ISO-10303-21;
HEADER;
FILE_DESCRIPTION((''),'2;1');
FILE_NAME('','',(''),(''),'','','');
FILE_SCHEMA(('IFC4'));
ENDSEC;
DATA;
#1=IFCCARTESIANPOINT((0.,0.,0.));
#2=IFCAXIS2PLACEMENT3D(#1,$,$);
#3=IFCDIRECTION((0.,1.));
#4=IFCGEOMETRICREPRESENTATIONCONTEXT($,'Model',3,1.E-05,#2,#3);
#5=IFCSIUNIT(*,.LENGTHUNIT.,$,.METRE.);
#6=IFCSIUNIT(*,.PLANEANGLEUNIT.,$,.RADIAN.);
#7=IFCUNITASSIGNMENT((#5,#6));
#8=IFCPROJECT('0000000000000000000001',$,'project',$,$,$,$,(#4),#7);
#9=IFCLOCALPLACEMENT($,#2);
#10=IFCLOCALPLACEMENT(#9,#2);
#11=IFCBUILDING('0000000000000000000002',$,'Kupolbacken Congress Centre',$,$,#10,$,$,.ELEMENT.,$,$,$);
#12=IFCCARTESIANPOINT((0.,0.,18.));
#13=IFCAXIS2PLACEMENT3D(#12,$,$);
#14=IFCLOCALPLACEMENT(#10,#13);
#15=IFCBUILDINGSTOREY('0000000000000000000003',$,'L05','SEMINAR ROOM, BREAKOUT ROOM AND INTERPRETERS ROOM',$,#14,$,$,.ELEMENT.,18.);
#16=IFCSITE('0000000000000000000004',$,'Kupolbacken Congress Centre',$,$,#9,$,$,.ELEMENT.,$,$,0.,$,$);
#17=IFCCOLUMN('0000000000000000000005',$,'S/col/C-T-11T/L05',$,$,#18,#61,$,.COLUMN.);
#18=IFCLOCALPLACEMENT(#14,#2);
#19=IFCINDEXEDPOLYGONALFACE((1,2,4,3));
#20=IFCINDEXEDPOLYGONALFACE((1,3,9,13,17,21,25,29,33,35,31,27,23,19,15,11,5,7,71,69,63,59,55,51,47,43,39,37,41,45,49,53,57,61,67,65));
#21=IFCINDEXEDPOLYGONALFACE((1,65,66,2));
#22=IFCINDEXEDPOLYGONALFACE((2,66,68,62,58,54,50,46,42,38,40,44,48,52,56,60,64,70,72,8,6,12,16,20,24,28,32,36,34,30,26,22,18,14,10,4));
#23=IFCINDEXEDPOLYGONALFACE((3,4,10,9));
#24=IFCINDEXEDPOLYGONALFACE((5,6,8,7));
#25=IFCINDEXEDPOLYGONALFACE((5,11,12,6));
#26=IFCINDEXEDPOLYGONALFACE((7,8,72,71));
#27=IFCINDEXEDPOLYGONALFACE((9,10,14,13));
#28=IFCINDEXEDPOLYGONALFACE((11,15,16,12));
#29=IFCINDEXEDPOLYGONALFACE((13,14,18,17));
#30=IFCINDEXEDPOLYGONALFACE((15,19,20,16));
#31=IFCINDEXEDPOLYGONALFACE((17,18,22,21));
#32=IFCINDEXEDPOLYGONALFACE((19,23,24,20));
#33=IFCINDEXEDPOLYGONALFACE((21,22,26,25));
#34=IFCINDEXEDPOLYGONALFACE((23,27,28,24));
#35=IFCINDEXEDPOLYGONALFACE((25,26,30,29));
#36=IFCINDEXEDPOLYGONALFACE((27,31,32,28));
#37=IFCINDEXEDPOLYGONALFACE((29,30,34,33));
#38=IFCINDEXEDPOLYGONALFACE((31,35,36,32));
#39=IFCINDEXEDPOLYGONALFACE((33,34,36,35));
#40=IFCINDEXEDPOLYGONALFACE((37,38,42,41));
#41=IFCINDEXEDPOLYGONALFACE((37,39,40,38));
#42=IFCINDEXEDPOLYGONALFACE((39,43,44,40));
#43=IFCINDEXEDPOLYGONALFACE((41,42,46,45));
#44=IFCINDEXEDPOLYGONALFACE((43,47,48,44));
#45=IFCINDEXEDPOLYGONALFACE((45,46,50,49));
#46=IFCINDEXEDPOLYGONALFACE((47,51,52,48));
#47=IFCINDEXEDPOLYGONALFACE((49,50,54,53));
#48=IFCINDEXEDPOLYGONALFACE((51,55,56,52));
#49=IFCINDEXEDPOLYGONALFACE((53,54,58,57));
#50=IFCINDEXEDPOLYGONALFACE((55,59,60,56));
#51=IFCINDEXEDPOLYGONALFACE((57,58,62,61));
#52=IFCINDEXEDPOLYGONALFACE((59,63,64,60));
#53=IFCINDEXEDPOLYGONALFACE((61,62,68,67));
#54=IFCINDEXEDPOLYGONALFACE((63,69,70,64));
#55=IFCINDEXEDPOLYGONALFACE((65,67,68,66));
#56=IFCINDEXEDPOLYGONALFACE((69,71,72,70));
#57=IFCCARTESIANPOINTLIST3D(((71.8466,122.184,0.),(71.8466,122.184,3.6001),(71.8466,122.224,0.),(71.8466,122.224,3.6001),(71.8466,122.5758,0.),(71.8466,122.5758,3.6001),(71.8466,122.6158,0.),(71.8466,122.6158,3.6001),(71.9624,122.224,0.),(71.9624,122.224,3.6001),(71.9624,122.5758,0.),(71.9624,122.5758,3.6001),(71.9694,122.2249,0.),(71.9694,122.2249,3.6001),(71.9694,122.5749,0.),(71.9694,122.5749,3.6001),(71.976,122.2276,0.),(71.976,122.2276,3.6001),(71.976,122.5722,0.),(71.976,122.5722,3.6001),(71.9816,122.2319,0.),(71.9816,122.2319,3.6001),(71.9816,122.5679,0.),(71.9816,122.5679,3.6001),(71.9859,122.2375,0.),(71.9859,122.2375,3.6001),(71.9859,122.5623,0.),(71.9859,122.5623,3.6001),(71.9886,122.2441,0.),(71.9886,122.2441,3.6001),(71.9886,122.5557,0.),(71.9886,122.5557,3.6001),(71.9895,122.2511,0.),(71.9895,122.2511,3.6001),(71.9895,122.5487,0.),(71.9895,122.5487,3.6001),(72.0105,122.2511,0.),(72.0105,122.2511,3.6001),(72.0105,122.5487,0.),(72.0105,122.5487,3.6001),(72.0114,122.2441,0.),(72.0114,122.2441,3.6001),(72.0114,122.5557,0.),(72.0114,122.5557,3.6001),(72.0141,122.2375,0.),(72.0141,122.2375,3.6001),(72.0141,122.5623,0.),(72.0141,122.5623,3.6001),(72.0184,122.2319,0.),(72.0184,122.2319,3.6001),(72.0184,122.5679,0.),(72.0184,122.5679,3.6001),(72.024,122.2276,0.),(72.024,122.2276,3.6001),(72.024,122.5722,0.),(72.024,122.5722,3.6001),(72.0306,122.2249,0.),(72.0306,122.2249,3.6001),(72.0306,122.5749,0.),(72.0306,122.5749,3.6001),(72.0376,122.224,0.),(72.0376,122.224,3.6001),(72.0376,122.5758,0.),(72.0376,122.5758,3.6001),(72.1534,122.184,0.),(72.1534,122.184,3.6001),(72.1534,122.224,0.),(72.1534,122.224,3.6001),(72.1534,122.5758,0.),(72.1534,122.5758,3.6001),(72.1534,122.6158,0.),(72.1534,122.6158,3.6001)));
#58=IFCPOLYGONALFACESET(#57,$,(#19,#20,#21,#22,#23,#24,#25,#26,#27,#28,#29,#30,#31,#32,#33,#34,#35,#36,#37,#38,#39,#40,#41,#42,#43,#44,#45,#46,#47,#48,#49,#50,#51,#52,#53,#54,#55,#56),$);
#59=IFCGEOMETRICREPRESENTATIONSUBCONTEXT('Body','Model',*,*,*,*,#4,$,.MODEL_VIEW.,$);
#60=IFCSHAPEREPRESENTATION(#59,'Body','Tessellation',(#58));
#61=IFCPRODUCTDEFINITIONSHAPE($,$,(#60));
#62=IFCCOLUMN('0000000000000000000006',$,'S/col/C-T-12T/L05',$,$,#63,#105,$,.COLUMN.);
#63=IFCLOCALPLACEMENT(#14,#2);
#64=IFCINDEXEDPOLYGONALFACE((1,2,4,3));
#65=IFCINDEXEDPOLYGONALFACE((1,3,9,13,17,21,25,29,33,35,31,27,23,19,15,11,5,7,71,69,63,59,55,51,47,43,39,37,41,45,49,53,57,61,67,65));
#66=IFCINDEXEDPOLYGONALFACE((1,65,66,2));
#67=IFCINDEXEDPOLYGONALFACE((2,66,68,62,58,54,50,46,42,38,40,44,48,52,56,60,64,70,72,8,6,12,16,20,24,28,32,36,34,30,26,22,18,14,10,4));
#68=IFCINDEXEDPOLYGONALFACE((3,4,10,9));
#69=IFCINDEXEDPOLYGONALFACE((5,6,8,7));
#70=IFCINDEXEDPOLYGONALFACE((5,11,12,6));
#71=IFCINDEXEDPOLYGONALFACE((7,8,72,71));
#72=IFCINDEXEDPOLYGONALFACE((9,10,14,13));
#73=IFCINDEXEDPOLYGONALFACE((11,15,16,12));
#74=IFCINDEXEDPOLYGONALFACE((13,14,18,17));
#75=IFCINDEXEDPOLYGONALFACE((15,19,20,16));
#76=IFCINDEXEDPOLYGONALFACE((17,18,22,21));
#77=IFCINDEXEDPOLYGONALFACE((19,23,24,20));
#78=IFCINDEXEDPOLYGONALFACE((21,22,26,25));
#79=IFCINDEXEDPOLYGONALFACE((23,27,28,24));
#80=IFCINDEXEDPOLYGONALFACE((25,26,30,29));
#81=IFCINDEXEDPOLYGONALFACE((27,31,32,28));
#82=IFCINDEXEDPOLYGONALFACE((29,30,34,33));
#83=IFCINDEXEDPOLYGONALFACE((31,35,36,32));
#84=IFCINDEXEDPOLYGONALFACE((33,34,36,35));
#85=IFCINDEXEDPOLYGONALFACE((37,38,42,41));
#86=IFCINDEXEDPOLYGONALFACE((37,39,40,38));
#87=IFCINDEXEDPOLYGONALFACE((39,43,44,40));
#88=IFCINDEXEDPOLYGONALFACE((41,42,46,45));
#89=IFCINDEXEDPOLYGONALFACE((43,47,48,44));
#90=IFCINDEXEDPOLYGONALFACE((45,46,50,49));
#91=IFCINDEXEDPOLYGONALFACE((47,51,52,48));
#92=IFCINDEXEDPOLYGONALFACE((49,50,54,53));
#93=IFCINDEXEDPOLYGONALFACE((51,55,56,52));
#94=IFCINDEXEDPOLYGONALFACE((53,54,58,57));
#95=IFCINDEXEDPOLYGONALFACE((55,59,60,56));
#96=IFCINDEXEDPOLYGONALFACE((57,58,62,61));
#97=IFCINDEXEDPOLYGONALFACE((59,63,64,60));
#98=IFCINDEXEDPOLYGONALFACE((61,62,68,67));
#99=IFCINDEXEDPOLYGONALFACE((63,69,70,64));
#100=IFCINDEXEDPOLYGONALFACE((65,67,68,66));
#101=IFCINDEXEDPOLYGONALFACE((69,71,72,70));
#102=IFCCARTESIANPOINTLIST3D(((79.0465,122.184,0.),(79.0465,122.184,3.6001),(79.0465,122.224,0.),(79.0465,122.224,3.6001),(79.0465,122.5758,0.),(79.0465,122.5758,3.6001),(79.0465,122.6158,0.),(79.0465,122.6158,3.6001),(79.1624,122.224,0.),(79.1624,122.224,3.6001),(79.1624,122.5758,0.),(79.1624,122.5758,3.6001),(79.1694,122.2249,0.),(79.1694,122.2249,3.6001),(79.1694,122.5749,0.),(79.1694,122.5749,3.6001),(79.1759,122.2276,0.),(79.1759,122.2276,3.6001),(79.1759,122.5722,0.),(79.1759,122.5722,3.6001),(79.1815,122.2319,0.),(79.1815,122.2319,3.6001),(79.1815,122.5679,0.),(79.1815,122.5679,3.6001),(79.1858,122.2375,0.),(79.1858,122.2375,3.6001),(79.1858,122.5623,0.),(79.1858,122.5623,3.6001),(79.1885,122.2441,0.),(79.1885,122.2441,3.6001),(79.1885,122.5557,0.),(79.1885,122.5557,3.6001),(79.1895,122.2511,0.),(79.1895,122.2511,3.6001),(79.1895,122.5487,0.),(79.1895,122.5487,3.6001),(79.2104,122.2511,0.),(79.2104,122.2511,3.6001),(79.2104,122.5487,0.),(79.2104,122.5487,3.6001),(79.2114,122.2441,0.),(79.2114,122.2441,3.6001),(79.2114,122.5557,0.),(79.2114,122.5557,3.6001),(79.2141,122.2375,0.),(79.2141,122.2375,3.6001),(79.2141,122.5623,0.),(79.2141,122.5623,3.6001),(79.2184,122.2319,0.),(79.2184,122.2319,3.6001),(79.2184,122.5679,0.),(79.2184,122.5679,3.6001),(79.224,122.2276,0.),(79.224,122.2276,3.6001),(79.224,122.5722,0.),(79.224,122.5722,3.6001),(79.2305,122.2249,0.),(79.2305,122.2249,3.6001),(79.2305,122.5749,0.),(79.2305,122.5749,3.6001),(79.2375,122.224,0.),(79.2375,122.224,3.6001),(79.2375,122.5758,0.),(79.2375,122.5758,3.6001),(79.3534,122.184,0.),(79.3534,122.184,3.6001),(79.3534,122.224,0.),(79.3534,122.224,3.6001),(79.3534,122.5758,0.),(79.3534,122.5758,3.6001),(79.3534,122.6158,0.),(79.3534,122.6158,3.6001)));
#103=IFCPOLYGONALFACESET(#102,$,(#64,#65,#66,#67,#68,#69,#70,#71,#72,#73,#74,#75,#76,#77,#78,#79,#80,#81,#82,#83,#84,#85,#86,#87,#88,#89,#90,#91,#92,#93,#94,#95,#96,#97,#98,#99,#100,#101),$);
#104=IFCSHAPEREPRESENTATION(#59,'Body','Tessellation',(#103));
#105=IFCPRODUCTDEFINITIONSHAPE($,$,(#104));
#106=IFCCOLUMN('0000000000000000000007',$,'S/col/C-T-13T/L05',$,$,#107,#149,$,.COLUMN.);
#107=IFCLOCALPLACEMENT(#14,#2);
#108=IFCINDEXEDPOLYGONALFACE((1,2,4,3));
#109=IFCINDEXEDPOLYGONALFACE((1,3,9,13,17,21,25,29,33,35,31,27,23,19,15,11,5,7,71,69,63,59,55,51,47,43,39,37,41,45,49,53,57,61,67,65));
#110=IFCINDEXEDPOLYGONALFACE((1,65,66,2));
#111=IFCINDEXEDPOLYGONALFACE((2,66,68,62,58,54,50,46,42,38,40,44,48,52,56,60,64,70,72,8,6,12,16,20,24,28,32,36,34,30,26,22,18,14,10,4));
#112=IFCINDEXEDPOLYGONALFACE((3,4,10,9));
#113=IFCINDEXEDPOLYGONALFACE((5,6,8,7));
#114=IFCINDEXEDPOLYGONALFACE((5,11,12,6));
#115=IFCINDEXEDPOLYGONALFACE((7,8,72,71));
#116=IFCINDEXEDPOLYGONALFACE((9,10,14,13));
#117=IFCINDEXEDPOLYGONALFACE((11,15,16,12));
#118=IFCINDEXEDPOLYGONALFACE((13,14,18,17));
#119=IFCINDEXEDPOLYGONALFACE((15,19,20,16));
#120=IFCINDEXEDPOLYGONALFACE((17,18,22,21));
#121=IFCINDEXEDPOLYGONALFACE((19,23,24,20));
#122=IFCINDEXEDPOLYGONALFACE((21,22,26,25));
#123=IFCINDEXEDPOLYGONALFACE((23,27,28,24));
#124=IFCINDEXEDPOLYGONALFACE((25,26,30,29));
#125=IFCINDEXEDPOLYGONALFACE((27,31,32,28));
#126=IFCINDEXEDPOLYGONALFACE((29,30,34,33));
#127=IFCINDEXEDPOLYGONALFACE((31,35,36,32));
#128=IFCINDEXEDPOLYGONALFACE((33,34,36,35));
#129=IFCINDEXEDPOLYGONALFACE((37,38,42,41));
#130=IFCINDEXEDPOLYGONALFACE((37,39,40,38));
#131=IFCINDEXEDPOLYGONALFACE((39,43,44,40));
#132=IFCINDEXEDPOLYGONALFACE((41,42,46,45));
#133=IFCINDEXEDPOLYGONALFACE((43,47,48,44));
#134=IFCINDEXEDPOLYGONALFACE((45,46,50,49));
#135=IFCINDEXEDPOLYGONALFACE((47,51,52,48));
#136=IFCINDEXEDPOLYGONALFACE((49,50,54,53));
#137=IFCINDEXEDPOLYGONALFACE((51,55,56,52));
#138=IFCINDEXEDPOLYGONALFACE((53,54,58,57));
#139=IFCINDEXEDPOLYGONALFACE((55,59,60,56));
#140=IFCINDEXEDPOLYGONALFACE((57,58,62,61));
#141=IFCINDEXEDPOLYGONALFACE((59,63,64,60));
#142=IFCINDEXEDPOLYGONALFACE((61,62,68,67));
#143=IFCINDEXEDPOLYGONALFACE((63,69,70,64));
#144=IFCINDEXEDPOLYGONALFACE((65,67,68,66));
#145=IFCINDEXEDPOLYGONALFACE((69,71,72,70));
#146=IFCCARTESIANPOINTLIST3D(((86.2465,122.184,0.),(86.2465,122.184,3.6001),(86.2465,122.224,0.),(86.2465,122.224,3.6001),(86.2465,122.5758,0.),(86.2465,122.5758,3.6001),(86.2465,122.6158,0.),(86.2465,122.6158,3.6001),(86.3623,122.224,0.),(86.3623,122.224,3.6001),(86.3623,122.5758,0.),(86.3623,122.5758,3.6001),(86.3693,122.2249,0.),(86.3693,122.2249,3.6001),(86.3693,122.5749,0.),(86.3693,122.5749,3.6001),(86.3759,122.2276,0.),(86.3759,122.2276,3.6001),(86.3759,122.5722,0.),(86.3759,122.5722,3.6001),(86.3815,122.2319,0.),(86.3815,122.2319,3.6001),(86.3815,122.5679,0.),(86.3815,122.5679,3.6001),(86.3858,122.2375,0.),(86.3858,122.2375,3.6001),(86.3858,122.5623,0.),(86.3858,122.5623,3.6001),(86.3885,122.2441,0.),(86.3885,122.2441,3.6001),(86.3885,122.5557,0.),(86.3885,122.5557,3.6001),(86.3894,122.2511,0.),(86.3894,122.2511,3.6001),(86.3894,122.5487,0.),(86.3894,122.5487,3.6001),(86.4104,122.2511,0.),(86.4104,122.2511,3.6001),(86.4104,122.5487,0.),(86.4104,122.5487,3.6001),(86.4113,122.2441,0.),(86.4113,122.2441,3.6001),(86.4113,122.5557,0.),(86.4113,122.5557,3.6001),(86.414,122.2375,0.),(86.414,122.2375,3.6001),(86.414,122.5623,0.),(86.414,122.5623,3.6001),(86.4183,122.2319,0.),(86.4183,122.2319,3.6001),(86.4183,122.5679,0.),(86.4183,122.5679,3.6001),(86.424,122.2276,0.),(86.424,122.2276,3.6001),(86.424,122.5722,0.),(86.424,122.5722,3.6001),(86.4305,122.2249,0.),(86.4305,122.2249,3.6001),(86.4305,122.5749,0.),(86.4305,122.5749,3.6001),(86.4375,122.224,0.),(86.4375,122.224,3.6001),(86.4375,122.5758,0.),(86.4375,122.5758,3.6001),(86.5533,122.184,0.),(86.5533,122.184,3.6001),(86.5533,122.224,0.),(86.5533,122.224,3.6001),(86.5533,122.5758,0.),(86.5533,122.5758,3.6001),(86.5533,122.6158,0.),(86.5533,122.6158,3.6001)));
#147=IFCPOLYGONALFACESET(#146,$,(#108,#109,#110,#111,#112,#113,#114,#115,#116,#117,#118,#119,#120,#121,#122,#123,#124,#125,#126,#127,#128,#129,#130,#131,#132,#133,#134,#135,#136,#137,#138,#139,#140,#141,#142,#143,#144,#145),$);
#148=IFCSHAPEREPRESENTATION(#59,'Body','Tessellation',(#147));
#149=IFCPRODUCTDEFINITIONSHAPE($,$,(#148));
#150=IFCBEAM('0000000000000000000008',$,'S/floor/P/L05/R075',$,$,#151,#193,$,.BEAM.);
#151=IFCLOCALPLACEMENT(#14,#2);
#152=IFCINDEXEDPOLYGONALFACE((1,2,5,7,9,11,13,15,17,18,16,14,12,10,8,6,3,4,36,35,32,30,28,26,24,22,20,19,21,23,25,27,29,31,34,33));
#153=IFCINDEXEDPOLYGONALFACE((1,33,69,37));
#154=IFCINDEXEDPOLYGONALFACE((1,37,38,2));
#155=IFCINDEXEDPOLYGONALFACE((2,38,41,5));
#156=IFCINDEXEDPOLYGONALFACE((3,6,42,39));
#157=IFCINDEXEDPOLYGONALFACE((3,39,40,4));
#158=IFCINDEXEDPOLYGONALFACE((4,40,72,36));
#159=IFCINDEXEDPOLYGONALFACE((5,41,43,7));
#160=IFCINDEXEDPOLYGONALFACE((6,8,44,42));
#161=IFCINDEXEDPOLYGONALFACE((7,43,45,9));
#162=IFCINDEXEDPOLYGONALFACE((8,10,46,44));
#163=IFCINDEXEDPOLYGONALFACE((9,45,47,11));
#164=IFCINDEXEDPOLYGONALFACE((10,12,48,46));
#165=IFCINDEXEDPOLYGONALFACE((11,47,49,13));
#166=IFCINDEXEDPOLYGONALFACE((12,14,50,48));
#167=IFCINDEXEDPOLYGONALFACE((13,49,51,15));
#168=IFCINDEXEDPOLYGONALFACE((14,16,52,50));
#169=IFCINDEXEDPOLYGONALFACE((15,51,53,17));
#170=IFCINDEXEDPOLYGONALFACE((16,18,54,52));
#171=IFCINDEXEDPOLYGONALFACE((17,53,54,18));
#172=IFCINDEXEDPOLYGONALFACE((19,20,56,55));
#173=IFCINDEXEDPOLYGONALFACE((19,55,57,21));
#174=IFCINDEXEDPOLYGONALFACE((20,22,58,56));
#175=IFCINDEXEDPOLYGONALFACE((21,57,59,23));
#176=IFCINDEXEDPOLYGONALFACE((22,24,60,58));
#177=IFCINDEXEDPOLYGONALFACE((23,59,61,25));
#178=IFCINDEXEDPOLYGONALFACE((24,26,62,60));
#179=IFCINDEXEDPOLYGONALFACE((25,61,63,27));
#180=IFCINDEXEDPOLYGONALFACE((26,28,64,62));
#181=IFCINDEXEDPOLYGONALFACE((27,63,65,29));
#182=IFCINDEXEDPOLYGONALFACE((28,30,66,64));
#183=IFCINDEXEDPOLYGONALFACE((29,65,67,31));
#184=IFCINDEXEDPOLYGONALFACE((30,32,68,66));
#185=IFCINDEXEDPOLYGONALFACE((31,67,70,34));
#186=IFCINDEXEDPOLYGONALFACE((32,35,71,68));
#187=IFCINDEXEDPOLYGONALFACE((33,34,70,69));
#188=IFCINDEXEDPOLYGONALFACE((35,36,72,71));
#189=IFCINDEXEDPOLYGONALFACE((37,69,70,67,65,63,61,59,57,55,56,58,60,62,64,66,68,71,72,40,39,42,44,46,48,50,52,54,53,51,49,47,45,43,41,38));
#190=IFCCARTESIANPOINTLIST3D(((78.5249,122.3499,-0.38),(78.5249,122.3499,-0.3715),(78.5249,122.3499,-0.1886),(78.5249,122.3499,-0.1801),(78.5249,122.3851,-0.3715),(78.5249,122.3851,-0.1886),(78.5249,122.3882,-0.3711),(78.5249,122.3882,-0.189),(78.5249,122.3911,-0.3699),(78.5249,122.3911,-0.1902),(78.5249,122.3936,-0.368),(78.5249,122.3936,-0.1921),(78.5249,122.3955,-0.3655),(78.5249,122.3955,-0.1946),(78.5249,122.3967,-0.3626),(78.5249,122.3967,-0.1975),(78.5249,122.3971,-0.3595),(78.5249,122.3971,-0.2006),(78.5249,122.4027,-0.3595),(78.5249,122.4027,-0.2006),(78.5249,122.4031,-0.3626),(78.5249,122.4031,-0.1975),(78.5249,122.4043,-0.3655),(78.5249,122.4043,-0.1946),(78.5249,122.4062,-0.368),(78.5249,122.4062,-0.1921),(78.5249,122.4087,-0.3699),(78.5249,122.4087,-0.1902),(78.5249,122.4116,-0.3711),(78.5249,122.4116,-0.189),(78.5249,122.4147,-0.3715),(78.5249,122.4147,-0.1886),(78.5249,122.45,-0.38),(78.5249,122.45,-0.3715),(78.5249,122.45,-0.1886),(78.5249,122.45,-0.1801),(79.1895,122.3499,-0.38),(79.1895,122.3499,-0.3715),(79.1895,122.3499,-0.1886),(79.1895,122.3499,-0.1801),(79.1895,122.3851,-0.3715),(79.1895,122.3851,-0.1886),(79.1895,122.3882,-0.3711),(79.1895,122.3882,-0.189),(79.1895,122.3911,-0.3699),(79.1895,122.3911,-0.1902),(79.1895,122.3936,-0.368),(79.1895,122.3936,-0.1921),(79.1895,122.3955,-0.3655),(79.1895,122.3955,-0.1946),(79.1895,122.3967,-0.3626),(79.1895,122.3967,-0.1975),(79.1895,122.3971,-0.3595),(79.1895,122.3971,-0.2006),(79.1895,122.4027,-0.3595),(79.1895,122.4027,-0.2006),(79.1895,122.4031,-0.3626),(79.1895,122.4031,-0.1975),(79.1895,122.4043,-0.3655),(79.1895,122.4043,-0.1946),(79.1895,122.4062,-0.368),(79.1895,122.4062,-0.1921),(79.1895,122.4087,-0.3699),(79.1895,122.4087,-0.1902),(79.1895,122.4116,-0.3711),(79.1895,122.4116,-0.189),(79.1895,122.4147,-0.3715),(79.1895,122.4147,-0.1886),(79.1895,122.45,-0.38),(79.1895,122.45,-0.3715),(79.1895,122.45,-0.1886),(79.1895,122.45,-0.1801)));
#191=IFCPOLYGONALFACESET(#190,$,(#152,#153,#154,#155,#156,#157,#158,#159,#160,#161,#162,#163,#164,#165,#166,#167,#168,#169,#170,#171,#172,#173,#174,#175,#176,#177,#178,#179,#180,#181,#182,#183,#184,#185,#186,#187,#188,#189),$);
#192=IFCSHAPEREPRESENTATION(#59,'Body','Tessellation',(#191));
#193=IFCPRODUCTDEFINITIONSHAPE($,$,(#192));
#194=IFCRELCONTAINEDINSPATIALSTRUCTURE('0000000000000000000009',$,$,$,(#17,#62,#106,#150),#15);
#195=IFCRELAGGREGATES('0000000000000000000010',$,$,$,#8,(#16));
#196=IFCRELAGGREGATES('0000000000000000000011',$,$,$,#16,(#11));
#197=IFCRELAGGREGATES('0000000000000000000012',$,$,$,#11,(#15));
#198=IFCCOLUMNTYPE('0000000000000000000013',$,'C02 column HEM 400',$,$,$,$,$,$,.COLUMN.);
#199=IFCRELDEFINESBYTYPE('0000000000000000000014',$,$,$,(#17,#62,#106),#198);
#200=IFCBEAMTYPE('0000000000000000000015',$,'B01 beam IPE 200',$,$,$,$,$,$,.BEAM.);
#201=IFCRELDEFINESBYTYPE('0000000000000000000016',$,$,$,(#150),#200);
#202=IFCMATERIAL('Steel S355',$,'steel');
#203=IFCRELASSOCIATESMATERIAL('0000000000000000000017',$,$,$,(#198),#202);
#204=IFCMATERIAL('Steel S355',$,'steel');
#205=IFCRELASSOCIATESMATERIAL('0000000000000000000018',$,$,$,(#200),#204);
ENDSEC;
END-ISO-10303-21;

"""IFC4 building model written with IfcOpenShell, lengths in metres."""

from ifc_helpers import new_model, si_unit, direction, frame, origin, origin_2d, place, context, subcontext, project, spatial, i_section, extrude, material, material_profile, profile_set, type_object, element, save


model = new_model("IFC4")

# Units and contexts
model_context = context("Model", 3, precision=1e-05, world=origin(), true_north=direction((0.0, 1.0)))
body_context = subcontext(model_context, "Body", "Model", "MODEL_VIEW")
ifc_project = project(units=[si_unit("LENGTHUNIT", "METRE"), si_unit("PLANEANGLEUNIT", "RADIAN")], contexts=[model_context])

# Site, building, storey
site_placement = place(None, origin())
site = spatial("IfcSite", under=ifc_project, at=site_placement, Name="Kupolbacken Congress Centre", CompositionType="ELEMENT", RefElevation=0.0)
building_placement = place(site_placement, origin())
building = spatial("IfcBuilding", under=site, at=building_placement, Name="Kupolbacken Congress Centre", CompositionType="ELEMENT")
storey_placement = place(building_placement, frame((0.0, 0.0, 18.0)))
storey = spatial("IfcBuildingStorey", under=building, at=storey_placement, Name="L05", Description="SEMINAR ROOM, BREAKOUT ROOM AND INTERPRETERS ROOM", CompositionType="ELEMENT", Elevation=18.0)

# Columns
ifc_material_1 = material(Name="Steel S355", Category="steel")
ifc_material_profile_1 = material_profile(ifc_material_1, i_section(OverallWidth=0.3069, OverallDepth=0.4319, WebThickness=0.021, FlangeThickness=0.04, FilletRadius=0.0271, at=origin_2d()), Name="HEM 400")
ifc_profile_set_1 = profile_set([ifc_material_profile_1], Name="Steel S355")
column_type = type_object("IfcColumnType", Name="C02 column HEM 400", PredefinedType="COLUMN", material=ifc_profile_set_1)
for number, where, z_axis, x_axis, name in (
    (1, (72.0, 122.3999, 0.0), (0.0, 0.0, 1.0), (1.0, 0.0, 0.0), "S/col/C-T-11T/L05"),
    (2, (79.2, 122.3999, 0.0), (0.0, 0.0, 1.0), (1.0, 0.0, 0.0), "S/col/C-T-12T/L05"),
    (3, (86.3999, 122.3999, 0.0), (0.0, 0.0, 1.0), (1.0, 0.0, 0.0), "S/col/C-T-13T/L05"),
):
    element("IfcColumn", number, at=place(storey_placement, frame(where, z_axis=z_axis, x_axis=x_axis)), inside=storey, type_object=column_type, Name=name, PredefinedType="COLUMN", context=body_context, shape_type="SweptSolid", body=[
        extrude(i_section(OverallWidth=0.3069, OverallDepth=0.4319, WebThickness=0.021, FlangeThickness=0.04, FilletRadius=0.0271, at=origin_2d()), origin(), (0.0, 0.0, 1.0), 3.6001),
    ])

# Beam
ifc_material_2 = material(Name="Steel S355", Category="steel")
ifc_material_profile_2 = material_profile(ifc_material_2, i_section(OverallWidth=0.1001, OverallDepth=0.2, WebThickness=0.0056, FlangeThickness=0.0085, FilletRadius=0.012, at=origin_2d()), Name="IPE 200")
ifc_profile_set_2 = profile_set([ifc_material_profile_2], Name="Steel S355")
beam_type_1 = type_object("IfcBeamType", Name="B01 beam IPE 200", PredefinedType="BEAM", material=ifc_profile_set_2)
beam_1_placement = place(storey_placement, frame((78.5249, 122.3999, -0.28), z_axis=(1.0, 0.0, 0.0), x_axis=(0.0, 1.0, 0.0)))
element("IfcBeam", 4, at=beam_1_placement, inside=storey, type_object=beam_type_1, Name="S/floor/P/L05/R075", PredefinedType="BEAM", context=body_context, shape_type="SweptSolid", body=[
    extrude(i_section(OverallWidth=0.1001, OverallDepth=0.2, WebThickness=0.0056, FlangeThickness=0.0085, FilletRadius=0.012, at=origin_2d()), origin(), (0.0, 0.0, 1.0), 0.6646),
])

save(model, "model.ifc")
